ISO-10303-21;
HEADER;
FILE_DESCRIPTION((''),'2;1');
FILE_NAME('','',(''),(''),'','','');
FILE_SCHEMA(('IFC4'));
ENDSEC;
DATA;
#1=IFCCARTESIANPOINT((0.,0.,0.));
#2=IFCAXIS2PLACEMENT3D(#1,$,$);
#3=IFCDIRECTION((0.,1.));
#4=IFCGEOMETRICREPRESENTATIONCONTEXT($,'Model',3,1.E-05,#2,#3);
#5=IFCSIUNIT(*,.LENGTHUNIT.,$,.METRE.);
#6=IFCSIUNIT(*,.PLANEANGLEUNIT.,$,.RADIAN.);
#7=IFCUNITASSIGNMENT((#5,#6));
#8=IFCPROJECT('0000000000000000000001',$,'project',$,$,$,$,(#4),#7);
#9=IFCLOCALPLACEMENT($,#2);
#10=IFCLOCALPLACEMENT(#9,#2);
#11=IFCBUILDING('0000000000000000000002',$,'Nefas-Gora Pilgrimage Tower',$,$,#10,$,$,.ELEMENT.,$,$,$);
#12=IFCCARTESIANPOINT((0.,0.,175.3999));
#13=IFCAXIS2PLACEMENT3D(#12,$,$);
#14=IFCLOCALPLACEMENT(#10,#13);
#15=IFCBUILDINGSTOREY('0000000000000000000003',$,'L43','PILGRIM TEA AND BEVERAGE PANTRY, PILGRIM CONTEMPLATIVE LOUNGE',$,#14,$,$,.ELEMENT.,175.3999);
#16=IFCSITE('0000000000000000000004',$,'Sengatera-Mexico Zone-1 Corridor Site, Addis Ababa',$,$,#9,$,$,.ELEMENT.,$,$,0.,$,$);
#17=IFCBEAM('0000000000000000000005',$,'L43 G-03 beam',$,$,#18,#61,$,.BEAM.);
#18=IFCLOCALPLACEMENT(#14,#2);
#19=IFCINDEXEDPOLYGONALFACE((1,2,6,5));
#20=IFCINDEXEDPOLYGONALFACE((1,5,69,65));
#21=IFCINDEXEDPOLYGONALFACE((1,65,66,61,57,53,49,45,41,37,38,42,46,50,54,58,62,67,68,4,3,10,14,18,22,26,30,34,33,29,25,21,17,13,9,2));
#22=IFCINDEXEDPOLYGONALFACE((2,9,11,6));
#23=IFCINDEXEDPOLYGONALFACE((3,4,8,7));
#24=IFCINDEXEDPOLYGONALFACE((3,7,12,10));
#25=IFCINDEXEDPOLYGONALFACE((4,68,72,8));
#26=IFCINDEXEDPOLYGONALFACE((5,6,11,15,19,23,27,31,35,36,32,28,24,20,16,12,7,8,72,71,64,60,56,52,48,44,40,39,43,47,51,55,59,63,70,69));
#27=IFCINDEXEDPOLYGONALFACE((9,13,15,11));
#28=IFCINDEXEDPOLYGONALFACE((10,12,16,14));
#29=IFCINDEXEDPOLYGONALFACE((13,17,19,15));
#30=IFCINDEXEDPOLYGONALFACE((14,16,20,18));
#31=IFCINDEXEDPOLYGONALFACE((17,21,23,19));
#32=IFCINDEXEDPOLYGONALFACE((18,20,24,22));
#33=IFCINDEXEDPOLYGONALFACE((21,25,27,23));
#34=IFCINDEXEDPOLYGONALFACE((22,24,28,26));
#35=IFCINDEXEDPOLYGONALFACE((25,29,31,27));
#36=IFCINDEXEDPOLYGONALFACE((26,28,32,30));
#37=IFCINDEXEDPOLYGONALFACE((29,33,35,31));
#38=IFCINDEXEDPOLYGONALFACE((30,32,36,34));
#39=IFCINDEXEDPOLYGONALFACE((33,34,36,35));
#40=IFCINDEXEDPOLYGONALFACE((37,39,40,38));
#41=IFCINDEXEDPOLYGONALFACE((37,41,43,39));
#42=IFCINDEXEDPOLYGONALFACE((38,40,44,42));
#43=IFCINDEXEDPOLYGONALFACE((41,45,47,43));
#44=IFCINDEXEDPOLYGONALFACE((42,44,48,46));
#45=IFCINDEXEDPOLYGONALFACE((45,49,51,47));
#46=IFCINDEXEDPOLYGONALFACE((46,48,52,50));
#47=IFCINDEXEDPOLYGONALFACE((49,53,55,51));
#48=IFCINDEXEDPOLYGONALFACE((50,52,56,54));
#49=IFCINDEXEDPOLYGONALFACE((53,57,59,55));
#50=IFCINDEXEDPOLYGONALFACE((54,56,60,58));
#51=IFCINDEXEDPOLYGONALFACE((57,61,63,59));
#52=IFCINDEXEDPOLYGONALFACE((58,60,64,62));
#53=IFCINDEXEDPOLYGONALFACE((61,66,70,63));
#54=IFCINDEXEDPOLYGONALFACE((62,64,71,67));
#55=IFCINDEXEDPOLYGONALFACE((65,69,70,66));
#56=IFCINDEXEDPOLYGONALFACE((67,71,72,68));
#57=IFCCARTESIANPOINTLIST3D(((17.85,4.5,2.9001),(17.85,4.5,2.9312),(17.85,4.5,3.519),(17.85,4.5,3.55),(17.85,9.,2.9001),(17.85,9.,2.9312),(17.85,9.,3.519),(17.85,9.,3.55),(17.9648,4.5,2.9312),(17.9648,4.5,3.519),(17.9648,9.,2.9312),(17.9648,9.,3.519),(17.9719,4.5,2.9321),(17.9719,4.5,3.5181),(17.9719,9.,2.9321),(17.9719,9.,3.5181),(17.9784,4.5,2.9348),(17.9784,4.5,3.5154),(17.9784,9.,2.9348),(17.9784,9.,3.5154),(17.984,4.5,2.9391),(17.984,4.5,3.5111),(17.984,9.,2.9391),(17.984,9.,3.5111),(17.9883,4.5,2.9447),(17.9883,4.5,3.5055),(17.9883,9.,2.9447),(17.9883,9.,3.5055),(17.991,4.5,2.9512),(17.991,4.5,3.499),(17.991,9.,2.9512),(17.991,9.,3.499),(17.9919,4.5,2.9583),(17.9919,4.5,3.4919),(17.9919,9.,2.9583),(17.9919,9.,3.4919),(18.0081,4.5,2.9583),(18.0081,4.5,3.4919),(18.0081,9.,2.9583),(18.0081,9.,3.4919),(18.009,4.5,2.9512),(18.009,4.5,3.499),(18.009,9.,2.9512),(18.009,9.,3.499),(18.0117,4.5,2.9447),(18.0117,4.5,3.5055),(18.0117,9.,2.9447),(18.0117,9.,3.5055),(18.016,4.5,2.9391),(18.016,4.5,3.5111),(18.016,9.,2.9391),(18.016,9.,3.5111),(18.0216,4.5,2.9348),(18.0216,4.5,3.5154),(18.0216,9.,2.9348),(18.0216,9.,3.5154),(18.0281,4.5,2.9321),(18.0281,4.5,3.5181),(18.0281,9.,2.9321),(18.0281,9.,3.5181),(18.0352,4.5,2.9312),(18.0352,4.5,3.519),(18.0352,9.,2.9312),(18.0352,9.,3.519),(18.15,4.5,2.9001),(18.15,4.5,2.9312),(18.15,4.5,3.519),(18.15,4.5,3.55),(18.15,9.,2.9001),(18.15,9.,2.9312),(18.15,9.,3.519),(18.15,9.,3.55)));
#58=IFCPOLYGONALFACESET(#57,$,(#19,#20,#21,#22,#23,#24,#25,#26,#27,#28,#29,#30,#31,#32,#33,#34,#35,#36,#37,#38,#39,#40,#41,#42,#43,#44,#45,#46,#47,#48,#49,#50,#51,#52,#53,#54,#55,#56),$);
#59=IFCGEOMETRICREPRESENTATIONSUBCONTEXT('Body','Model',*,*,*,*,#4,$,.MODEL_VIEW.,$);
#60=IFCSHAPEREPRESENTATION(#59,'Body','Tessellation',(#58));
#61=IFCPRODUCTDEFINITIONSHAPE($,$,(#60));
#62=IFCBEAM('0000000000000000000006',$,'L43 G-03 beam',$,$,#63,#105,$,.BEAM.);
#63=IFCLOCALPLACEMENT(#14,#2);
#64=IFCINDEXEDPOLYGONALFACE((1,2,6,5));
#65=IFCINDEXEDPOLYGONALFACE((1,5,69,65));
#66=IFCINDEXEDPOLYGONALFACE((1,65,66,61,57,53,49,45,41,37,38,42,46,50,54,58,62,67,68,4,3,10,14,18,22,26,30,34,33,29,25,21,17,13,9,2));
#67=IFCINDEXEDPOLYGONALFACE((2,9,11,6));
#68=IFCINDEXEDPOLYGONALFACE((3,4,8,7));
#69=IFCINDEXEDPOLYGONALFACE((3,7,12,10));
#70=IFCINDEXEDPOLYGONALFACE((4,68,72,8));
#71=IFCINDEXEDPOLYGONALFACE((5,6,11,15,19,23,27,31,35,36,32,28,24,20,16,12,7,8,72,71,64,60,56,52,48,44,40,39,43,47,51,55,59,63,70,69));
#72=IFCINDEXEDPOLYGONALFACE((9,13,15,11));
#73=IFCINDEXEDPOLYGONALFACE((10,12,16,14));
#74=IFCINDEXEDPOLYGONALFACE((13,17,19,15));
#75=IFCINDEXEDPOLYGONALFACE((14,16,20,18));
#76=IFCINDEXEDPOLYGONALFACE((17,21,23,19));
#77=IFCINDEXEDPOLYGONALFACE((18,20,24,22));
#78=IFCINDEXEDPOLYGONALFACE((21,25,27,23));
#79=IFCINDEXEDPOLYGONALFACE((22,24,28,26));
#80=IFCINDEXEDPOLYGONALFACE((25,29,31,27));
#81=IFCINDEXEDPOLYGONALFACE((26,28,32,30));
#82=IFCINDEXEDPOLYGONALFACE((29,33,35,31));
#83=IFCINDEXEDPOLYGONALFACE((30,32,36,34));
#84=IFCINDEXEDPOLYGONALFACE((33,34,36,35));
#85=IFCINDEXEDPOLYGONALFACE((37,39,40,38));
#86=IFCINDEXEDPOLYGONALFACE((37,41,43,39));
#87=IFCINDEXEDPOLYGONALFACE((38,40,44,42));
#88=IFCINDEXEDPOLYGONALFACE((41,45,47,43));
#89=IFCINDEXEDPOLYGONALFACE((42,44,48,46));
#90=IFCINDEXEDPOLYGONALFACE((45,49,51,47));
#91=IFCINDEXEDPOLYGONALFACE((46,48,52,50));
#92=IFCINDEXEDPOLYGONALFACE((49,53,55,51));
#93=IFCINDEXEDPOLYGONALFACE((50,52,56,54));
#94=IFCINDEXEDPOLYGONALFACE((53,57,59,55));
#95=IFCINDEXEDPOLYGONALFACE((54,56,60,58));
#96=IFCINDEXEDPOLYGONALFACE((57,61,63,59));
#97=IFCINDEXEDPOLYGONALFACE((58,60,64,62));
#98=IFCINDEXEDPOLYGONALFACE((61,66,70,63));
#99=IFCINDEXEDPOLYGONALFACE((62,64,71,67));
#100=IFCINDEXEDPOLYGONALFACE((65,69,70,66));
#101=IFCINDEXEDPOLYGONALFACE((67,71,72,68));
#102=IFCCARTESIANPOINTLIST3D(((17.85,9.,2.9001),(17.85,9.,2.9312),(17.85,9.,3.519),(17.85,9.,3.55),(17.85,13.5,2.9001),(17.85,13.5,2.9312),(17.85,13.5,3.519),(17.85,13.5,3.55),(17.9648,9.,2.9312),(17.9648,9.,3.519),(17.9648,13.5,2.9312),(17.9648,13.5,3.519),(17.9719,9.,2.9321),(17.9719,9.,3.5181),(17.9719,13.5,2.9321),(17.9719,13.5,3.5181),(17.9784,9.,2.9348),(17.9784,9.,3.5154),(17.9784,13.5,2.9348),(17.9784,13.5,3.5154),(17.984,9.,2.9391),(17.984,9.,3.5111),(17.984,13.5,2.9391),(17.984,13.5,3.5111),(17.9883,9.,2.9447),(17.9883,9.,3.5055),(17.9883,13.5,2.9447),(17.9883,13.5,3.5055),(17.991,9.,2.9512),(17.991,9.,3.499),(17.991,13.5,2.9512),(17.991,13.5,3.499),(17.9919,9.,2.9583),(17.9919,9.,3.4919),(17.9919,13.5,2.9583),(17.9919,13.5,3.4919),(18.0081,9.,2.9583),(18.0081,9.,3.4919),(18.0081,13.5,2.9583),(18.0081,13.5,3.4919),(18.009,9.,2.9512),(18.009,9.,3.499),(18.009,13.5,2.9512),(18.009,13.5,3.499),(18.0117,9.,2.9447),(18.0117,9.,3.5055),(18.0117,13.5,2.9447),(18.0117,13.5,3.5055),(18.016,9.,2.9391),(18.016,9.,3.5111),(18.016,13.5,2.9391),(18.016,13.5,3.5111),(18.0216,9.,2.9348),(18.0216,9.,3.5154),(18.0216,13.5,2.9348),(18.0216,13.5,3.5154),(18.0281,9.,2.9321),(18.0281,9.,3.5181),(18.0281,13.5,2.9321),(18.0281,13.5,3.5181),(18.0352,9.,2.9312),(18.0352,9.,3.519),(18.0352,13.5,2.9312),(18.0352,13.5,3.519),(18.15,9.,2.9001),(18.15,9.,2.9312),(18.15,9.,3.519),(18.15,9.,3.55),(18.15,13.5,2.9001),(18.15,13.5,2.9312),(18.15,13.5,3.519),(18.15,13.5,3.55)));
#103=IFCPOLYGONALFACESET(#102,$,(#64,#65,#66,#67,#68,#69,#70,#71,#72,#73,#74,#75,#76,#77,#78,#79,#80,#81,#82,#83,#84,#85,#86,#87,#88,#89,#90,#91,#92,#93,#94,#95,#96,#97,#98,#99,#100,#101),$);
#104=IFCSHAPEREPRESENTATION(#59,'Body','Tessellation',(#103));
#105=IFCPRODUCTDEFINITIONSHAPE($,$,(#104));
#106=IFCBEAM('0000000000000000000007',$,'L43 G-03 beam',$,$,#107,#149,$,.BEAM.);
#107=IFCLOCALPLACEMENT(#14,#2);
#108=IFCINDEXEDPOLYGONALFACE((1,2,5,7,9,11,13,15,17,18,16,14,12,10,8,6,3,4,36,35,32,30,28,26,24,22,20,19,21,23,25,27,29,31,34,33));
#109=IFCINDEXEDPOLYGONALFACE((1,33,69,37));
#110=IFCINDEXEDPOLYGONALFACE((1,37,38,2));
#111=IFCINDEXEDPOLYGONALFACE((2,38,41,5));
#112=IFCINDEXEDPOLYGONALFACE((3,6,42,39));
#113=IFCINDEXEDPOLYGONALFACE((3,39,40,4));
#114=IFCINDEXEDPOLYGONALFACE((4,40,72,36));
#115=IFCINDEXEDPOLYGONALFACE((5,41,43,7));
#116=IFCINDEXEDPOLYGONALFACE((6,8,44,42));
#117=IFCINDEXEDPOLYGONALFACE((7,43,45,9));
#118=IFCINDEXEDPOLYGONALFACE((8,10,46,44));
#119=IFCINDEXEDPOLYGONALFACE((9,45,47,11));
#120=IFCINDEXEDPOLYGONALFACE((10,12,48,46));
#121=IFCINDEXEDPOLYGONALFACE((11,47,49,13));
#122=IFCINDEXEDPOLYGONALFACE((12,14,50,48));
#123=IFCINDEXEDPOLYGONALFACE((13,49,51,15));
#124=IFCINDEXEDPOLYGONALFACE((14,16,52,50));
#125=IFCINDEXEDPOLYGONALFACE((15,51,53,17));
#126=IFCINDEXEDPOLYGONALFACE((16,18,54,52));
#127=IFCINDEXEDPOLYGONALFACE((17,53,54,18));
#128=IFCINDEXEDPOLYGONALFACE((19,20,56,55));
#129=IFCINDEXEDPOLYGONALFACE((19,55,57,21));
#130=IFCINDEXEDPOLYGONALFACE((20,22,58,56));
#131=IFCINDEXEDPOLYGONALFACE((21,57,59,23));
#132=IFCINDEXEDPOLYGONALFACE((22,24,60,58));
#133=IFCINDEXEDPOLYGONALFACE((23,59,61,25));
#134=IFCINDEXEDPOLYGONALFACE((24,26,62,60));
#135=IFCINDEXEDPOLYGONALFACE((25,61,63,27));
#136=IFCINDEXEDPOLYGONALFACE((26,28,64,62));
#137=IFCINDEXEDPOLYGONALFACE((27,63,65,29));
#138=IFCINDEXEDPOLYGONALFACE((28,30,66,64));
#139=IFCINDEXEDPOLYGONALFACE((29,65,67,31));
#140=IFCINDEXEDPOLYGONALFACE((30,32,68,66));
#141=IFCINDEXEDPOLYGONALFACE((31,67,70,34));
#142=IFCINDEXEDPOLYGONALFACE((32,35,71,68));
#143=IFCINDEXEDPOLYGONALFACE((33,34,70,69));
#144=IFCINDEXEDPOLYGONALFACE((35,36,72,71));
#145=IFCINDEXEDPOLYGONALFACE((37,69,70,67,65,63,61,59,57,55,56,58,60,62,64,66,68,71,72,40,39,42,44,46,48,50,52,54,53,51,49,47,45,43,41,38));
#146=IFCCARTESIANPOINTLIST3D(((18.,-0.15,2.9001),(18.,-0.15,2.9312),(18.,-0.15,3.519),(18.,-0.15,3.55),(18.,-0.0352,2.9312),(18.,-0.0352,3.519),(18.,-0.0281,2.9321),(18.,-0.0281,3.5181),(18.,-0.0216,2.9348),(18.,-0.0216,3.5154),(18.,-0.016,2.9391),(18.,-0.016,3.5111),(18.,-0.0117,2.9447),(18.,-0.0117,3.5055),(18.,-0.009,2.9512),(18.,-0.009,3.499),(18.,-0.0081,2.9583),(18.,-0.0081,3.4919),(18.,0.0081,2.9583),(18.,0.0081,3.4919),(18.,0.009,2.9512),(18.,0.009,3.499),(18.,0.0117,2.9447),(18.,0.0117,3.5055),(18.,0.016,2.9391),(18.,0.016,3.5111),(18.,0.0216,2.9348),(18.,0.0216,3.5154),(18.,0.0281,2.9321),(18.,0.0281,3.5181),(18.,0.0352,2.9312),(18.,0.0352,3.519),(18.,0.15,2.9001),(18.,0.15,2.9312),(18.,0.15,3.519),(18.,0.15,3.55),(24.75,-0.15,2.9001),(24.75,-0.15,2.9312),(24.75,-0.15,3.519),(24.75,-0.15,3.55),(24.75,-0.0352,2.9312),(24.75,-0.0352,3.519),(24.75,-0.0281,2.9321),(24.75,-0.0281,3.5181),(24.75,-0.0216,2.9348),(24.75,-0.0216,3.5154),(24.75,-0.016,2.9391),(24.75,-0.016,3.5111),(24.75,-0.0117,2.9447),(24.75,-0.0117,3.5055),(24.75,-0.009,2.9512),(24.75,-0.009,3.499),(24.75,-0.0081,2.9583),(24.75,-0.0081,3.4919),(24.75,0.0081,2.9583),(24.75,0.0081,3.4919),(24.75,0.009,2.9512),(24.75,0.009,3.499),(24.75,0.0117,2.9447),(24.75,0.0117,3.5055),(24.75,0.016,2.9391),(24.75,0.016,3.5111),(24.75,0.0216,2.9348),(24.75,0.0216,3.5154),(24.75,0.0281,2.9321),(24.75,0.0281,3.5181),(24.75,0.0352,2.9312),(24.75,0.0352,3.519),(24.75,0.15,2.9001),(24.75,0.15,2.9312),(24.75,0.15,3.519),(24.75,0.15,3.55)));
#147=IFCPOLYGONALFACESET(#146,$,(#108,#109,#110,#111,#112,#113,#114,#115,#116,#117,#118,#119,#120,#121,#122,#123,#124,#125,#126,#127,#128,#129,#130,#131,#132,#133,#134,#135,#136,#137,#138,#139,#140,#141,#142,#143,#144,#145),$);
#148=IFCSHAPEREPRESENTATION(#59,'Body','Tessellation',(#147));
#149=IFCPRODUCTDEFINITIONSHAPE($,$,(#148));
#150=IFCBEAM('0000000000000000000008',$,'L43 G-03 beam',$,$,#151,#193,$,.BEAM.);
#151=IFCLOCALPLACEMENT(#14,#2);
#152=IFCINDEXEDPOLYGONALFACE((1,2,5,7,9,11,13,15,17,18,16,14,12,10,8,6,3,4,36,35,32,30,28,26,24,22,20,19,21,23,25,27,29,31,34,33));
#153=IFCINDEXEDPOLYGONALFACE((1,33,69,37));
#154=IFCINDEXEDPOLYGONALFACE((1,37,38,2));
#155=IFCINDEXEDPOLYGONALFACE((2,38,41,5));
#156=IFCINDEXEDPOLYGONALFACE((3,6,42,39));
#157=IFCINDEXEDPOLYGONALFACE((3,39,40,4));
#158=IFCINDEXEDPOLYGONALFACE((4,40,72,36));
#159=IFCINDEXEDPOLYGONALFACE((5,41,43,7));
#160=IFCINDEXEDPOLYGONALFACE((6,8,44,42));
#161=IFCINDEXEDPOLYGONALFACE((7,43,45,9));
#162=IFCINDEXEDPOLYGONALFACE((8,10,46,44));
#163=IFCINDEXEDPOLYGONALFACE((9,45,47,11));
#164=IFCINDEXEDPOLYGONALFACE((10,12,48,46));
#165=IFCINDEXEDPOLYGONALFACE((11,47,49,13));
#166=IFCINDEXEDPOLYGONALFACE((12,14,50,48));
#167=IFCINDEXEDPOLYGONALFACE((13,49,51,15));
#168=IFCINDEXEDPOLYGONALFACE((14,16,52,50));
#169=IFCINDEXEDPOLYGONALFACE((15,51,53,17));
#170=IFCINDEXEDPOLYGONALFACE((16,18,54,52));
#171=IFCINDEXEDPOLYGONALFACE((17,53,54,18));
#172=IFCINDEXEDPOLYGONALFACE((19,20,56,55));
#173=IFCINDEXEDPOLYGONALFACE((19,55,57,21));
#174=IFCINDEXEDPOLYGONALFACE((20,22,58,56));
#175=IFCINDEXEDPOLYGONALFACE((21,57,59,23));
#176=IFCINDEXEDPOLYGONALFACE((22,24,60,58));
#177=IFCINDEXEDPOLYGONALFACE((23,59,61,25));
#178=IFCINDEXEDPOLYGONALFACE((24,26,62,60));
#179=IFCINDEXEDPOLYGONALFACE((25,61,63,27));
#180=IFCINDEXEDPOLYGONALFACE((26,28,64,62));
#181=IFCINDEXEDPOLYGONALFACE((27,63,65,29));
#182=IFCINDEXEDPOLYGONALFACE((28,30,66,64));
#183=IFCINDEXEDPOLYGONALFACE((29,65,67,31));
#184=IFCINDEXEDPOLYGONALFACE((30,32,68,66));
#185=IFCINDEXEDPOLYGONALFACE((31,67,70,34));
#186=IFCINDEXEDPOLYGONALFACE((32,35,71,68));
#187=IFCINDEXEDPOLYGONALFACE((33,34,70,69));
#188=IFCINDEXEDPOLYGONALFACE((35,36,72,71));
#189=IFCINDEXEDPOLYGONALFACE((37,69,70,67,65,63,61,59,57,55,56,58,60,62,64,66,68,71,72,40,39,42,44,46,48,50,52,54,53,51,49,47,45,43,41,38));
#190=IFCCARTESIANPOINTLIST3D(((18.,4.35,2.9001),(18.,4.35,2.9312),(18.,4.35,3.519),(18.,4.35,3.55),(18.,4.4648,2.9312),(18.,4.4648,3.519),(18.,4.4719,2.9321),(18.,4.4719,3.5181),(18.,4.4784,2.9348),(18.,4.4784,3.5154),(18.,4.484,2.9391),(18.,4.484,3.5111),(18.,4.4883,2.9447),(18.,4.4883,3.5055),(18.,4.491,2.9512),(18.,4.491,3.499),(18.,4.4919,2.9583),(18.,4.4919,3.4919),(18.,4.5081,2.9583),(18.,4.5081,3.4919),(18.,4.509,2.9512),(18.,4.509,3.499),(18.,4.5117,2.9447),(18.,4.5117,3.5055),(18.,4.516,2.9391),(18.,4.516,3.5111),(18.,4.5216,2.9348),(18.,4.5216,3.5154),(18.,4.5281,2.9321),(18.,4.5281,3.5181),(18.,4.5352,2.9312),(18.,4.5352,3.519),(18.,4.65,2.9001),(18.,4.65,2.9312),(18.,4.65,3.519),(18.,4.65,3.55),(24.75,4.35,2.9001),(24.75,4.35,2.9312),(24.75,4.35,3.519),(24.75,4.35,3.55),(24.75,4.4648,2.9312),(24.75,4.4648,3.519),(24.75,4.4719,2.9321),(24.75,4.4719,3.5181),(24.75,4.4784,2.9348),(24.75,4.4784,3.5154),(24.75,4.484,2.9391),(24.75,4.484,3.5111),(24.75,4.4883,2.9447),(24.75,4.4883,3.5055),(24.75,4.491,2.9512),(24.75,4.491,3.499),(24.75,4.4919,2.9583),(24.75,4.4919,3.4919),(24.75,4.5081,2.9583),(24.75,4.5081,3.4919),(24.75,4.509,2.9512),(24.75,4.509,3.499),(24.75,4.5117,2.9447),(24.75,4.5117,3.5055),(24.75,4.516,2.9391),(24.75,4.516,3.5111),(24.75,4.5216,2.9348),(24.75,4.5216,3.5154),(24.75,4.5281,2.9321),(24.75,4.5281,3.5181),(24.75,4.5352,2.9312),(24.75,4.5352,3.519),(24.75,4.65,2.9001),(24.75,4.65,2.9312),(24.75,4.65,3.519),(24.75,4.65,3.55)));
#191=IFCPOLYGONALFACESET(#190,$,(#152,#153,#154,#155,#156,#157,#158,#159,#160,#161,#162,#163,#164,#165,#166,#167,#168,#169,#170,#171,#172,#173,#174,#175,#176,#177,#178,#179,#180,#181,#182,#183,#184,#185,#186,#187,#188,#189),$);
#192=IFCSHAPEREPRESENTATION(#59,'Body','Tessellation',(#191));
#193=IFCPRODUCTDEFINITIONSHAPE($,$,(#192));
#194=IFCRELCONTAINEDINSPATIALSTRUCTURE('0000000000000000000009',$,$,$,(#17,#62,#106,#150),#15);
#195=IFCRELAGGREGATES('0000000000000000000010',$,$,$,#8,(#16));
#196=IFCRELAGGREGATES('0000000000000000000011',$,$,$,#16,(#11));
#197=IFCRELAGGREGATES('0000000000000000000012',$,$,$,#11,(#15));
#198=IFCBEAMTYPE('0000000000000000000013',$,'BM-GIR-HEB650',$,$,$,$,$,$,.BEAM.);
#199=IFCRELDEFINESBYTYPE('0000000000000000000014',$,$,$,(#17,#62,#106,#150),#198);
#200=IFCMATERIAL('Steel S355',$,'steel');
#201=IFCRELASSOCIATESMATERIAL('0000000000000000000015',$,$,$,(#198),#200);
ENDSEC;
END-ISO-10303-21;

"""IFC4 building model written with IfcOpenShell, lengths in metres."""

from ifc_helpers import new_model, si_unit, direction, frame, origin, origin_2d, place, context, subcontext, project, spatial, i_section, extrude, source, transform, mapped, material, material_profile, profile_set, type_object, element, save


model = new_model("IFC4")

# Units and contexts
model_context = context("Model", 3, precision=1e-05, world=origin(), true_north=direction((0.0, 1.0)))
body_context = subcontext(model_context, "Body", "Model", "MODEL_VIEW")
ifc_project = project(units=[si_unit("LENGTHUNIT", "METRE"), si_unit("PLANEANGLEUNIT", "RADIAN")], contexts=[model_context])

# Site, building, storey
site_placement = place(None, origin())
site = spatial("IfcSite", under=ifc_project, at=site_placement, Name="Sengatera-Mexico Zone-1 Corridor Site, Addis Ababa", CompositionType="ELEMENT", RefElevation=0.0)
building_placement = place(site_placement, origin())
building = spatial("IfcBuilding", under=site, at=building_placement, Name="Nefas-Gora Pilgrimage Tower", CompositionType="ELEMENT")
storey_placement = place(building_placement, frame((0.0, 0.0, 175.3999)))
storey = spatial("IfcBuildingStorey", under=building, at=storey_placement, Name="L43", Description="PILGRIM TEA AND BEVERAGE PANTRY, PILGRIM CONTEMPLATIVE LOUNGE", CompositionType="ELEMENT", Elevation=175.3999)

# Beams
ifc_material_1 = material(Name="Steel S355", Category="steel")
ifc_material_profile_1 = material_profile(ifc_material_1, i_section(OverallWidth=0.3, OverallDepth=0.6499, WebThickness=0.0161, FlangeThickness=0.031, FilletRadius=0.0271, at=origin_2d()), Name="HEB 650")
ifc_profile_set_1 = profile_set([ifc_material_profile_1], Name="Steel S355")
beam_type_1 = type_object("IfcBeamType", Name="BM-GIR-HEB650", PredefinedType="BEAM", material=ifc_profile_set_1)
shared_shape_1 = source(origin(), body_context, "Body", "SweptSolid", [
    extrude(i_section(OverallWidth=0.3, OverallDepth=0.6499, WebThickness=0.0161, FlangeThickness=0.031, FilletRadius=0.0271, at=origin_2d()), origin(), (0.0, 0.0, 1.0), 4.5),
])
for number, where, z_axis, x_axis, name in (
    (1, (18.0, 4.5, 3.2251), (0.0, 1.0, 0.0), (-1.0, 0.0, 0.0), "L43 G-03 beam"),
    (2, (18.0, 9.0, 3.2251), (0.0, 1.0, 0.0), (-1.0, 0.0, 0.0), "L43 G-03 beam"),
):
    element("IfcBeam", number, at=place(storey_placement, frame(where, z_axis=z_axis, x_axis=x_axis)), inside=storey, type_object=beam_type_1, Name=name, PredefinedType="BEAM", context=body_context, shape_type="MappedRepresentation", body=[
        mapped(shared_shape_1, transform((0.0, 0.0, 0.0), x_axis=(1.0, 0.0, 0.0), y_axis=(0.0, 1.0, 0.0), z_axis=(0.0, 0.0, 1.0), scale=1.0)),
    ])
shared_shape_2 = source(origin(), body_context, "Body", "SweptSolid", [
    extrude(i_section(OverallWidth=0.3, OverallDepth=0.6499, WebThickness=0.0161, FlangeThickness=0.031, FilletRadius=0.0271, at=origin_2d()), origin(), (0.0, 0.0, 1.0), 6.75),
])
for number, where, z_axis, x_axis, name in (
    (3, (18.0, 0.0, 3.2251), (1.0, 0.0, 0.0), (0.0, 1.0, 0.0), "L43 G-03 beam"),
    (4, (18.0, 4.5, 3.2251), (1.0, 0.0, 0.0), (0.0, 1.0, 0.0), "L43 G-03 beam"),
):
    element("IfcBeam", number, at=place(storey_placement, frame(where, z_axis=z_axis, x_axis=x_axis)), inside=storey, type_object=beam_type_1, Name=name, PredefinedType="BEAM", context=body_context, shape_type="MappedRepresentation", body=[
        mapped(shared_shape_2, transform((0.0, 0.0, 0.0), x_axis=(1.0, 0.0, 0.0), y_axis=(0.0, 1.0, 0.0), z_axis=(0.0, 0.0, 1.0), scale=1.0)),
    ])

save(model, "model.ifc")
